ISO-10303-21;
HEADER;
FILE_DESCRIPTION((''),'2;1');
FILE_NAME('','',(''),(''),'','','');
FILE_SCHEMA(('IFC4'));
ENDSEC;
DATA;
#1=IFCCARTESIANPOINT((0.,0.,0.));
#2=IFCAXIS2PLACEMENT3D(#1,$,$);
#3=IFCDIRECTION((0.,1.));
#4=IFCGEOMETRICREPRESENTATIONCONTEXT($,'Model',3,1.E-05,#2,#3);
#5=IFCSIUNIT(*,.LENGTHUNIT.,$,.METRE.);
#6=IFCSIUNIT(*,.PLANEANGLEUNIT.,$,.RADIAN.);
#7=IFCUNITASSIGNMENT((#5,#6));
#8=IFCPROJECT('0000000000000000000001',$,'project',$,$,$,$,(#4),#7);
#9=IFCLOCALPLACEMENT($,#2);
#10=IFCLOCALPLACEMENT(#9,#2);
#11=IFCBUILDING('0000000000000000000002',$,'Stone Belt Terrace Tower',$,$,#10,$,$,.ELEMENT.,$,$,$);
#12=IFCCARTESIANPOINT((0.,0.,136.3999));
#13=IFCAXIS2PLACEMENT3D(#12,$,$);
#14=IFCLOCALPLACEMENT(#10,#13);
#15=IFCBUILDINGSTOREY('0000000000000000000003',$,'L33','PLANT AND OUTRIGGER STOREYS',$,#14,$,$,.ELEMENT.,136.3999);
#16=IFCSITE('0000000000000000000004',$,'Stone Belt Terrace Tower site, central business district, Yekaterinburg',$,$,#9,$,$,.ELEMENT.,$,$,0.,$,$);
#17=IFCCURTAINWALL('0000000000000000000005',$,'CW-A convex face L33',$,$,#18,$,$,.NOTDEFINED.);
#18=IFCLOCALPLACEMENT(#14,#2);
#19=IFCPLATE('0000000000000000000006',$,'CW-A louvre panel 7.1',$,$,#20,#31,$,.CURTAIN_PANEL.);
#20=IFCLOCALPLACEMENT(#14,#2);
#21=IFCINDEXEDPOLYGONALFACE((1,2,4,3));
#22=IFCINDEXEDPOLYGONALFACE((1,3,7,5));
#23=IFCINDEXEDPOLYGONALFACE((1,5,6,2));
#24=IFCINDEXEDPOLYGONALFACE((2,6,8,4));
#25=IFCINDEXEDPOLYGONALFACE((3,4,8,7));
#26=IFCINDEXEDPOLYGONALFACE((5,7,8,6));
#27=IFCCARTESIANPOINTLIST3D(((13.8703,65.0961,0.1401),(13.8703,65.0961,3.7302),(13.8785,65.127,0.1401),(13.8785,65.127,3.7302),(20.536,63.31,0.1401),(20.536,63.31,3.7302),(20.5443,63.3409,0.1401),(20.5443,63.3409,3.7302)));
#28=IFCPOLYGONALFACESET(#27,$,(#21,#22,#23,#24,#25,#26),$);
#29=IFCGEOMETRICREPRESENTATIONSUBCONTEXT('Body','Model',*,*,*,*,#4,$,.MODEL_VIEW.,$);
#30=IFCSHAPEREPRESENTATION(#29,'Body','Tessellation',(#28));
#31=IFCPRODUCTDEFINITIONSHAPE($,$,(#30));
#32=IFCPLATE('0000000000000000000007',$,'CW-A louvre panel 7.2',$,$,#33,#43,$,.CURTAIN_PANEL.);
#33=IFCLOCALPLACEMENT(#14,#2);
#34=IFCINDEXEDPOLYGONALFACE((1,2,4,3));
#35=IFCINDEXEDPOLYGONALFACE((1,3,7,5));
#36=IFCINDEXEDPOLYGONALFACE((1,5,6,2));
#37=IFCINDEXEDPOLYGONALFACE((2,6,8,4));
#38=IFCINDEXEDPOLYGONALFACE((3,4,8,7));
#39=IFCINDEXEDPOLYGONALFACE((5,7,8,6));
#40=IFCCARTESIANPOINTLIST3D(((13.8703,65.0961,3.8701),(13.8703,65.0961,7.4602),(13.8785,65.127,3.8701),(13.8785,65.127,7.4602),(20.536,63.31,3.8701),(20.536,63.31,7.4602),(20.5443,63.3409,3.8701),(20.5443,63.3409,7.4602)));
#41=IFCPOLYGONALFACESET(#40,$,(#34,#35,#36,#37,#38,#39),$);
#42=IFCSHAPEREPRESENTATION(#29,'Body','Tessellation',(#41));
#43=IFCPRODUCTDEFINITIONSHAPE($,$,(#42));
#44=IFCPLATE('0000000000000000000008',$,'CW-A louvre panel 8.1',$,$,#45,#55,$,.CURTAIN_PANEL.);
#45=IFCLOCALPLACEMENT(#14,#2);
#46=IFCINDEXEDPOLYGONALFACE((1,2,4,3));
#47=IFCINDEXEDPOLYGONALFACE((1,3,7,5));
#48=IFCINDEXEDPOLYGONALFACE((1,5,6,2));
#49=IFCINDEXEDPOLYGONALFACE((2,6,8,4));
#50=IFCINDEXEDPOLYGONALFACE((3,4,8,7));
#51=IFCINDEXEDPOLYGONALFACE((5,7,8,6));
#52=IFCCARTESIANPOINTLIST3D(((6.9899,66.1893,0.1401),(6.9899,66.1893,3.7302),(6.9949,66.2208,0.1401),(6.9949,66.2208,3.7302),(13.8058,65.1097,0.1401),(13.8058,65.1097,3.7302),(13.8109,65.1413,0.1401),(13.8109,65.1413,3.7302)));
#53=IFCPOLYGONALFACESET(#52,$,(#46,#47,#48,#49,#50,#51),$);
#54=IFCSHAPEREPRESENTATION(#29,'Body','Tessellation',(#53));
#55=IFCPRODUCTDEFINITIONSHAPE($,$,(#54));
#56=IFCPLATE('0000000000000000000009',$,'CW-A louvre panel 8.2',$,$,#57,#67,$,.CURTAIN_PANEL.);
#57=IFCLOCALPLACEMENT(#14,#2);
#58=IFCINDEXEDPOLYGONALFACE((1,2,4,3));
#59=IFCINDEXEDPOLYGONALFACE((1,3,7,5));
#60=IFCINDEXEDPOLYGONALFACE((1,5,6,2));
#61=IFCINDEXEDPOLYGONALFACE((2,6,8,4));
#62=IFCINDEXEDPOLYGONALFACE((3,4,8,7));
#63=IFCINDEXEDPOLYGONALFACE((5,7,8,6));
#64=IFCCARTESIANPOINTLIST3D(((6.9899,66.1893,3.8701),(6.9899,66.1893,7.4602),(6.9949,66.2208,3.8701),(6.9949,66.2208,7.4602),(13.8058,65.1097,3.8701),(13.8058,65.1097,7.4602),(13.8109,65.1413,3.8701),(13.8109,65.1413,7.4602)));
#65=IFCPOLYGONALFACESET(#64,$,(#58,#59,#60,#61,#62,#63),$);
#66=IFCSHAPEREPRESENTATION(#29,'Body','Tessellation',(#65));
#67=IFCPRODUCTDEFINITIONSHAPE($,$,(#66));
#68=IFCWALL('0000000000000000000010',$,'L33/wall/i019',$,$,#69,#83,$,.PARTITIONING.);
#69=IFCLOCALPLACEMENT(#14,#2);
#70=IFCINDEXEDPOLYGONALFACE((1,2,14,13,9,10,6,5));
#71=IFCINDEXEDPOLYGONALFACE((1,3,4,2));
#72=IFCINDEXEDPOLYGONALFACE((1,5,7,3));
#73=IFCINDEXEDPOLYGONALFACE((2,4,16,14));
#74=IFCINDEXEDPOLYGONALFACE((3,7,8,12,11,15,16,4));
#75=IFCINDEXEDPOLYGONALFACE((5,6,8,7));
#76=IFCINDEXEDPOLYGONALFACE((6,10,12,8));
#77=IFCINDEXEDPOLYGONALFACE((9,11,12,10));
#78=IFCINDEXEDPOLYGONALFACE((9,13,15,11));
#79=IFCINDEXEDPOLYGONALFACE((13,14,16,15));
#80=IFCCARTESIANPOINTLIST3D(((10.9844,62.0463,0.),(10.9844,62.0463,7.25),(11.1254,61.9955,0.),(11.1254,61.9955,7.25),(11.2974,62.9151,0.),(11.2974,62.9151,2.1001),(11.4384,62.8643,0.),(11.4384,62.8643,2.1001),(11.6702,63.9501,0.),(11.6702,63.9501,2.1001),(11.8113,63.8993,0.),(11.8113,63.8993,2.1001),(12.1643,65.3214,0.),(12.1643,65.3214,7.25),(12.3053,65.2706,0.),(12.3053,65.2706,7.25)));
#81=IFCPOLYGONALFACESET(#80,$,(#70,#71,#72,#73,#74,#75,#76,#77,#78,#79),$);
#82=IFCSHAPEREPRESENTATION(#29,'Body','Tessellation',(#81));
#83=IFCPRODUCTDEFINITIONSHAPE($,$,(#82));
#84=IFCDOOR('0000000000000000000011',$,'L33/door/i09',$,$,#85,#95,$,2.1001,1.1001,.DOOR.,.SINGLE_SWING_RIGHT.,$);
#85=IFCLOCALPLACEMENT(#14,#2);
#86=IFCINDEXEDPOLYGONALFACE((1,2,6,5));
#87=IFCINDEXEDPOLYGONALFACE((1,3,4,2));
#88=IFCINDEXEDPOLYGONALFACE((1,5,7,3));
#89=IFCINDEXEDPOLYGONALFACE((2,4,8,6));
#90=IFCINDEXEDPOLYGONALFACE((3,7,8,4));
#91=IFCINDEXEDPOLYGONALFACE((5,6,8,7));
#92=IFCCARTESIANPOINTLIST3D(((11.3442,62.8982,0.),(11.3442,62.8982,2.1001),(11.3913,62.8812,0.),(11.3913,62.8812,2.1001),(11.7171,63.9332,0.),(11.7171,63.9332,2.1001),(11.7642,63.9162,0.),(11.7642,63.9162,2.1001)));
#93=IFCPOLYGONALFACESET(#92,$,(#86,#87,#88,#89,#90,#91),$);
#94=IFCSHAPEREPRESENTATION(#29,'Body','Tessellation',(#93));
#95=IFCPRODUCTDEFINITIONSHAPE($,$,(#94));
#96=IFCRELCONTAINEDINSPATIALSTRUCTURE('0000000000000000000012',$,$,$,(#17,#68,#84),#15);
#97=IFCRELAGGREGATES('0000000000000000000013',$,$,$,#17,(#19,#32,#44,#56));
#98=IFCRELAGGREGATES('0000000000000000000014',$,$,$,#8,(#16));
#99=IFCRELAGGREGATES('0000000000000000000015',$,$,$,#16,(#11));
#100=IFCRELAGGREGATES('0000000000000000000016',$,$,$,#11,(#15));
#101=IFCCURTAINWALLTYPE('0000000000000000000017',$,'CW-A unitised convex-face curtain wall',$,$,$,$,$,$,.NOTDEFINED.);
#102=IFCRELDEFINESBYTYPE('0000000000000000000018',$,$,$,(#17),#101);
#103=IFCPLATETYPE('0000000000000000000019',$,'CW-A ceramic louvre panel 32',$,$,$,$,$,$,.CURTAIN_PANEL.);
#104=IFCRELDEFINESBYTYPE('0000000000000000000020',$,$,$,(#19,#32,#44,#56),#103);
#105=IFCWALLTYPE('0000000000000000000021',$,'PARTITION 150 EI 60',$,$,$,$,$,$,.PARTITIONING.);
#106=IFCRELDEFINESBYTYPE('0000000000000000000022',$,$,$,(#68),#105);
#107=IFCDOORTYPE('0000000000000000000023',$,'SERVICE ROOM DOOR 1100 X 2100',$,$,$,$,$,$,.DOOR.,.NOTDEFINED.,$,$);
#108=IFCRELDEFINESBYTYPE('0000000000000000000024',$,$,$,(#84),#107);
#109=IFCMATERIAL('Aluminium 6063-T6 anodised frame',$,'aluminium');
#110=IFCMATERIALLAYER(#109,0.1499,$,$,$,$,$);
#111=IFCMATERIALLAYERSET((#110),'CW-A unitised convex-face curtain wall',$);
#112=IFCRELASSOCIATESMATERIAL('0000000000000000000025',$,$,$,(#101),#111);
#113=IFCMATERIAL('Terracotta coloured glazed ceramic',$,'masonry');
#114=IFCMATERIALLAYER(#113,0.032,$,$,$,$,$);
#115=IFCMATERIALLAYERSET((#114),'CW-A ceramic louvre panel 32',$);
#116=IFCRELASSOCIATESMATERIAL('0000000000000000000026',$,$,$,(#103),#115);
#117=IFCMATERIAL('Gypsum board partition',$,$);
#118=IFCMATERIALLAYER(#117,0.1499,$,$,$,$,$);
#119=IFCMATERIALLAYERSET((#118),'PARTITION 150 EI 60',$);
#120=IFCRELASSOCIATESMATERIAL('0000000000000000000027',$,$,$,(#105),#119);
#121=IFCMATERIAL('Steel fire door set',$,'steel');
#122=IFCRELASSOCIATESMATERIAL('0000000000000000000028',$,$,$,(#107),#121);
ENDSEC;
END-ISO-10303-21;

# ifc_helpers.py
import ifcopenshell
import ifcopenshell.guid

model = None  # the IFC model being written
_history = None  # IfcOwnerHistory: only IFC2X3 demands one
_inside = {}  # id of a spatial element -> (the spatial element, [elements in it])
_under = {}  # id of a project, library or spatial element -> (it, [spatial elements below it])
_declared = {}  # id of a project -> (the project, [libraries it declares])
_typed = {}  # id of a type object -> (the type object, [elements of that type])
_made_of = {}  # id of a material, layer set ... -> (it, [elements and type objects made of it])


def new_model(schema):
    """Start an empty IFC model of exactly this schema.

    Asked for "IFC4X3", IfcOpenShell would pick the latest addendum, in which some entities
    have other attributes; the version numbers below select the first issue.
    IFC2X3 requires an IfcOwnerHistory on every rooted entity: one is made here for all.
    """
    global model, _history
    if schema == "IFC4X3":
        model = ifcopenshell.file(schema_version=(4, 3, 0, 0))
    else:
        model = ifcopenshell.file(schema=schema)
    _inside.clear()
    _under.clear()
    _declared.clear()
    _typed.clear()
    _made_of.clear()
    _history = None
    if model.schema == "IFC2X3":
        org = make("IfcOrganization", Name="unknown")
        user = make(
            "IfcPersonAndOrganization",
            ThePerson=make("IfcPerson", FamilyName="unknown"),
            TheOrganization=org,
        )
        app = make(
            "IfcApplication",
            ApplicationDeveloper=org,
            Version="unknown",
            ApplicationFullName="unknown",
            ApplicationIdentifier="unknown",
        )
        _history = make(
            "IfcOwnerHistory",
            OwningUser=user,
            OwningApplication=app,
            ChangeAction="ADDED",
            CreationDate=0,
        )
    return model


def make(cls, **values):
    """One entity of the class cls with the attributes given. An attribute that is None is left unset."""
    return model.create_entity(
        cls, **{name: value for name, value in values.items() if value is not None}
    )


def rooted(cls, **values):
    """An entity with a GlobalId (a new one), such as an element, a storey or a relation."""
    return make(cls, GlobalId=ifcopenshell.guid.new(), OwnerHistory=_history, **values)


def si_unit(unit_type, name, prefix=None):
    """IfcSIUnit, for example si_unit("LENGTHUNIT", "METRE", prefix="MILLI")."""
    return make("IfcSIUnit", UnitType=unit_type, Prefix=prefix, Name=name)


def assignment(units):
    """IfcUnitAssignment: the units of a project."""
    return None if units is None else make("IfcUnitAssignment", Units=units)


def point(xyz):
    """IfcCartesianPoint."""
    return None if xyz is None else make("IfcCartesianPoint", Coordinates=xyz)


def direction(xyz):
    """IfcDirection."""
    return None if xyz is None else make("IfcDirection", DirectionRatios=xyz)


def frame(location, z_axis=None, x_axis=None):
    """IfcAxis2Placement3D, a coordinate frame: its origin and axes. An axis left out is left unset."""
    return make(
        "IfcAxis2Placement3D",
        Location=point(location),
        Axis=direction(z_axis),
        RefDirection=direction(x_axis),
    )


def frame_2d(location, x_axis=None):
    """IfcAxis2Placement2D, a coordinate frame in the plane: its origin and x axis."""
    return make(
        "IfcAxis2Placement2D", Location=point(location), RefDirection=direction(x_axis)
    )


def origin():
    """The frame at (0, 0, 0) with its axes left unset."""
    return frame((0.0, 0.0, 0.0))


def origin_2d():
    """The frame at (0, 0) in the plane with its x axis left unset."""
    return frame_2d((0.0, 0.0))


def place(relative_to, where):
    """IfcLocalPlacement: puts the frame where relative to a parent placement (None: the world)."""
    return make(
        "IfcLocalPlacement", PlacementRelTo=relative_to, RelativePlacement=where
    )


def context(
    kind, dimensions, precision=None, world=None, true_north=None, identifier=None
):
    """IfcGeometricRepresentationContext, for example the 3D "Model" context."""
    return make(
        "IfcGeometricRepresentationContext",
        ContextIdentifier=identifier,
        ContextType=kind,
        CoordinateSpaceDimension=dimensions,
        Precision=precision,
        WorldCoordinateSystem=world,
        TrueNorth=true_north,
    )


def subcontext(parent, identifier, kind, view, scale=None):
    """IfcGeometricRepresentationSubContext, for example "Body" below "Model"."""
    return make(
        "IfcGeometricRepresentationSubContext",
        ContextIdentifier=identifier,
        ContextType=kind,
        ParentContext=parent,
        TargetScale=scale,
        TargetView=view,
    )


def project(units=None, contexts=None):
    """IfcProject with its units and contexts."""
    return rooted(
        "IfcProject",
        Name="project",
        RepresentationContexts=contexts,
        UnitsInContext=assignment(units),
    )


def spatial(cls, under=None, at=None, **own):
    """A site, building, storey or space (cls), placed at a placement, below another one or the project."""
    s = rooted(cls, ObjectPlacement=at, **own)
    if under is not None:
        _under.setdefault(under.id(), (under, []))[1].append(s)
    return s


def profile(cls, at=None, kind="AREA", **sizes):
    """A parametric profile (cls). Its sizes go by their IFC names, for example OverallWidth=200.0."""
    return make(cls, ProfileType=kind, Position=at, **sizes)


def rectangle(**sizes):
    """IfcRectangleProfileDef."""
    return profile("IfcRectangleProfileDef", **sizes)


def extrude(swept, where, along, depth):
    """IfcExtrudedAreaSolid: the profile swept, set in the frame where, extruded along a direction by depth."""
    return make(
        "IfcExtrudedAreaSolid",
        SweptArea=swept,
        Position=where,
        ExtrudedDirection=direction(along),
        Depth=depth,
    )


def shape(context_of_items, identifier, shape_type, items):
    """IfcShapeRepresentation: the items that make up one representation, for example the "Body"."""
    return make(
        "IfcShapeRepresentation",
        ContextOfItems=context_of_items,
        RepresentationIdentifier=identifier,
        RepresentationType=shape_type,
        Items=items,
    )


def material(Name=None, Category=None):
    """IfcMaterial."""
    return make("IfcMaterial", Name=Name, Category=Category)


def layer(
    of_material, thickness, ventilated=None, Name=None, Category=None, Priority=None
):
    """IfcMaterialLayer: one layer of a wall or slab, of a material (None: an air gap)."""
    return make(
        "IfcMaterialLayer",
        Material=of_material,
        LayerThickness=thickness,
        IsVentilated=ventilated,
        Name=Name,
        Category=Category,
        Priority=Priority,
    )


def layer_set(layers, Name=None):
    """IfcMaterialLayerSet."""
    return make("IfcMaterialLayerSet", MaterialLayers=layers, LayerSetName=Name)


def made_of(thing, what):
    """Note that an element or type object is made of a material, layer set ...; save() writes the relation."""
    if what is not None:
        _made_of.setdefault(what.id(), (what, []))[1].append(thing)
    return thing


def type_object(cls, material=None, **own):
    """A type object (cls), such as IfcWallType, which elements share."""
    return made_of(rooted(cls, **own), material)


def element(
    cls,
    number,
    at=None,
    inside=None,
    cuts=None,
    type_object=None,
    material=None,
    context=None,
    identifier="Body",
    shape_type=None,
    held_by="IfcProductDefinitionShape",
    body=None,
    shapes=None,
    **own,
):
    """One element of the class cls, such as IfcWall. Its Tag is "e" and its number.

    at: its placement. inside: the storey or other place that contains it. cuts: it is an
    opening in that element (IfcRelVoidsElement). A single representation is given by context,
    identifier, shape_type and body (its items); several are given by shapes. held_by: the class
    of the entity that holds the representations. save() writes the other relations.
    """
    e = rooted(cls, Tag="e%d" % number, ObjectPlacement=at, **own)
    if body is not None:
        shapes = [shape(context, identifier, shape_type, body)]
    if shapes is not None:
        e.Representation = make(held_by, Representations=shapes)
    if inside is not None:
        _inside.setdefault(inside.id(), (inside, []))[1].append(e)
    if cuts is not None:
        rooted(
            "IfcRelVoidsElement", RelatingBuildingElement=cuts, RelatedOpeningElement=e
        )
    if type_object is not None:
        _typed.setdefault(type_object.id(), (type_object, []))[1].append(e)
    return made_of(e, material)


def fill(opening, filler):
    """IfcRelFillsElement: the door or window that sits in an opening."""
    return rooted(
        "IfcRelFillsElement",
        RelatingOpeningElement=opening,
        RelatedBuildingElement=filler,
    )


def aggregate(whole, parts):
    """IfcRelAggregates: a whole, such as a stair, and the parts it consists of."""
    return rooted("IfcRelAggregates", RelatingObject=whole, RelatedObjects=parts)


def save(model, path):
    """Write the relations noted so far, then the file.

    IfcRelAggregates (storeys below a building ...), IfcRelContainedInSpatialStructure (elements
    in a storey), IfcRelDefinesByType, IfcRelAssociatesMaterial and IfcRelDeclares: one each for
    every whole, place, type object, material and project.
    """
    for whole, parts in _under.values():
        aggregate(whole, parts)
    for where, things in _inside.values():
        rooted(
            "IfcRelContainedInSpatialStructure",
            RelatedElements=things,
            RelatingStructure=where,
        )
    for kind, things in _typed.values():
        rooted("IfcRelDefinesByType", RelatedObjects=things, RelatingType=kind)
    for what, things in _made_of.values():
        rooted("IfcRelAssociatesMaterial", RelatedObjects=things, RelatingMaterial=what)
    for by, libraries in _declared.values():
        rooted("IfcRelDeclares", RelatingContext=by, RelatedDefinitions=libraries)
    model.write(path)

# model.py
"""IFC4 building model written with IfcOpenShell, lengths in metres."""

from ifc_helpers import new_model, si_unit, direction, frame, frame_2d, origin, origin_2d, place, context, subcontext, project, spatial, rectangle, extrude, material, layer, layer_set, type_object, element, fill, aggregate, save


model = new_model("IFC4")

# Units and contexts
model_context = context("Model", 3, precision=1e-05, world=origin(), true_north=direction((0.0, 1.0)))
body_context = subcontext(model_context, "Body", "Model", "MODEL_VIEW")
ifc_project = project(units=[si_unit("LENGTHUNIT", "METRE"), si_unit("PLANEANGLEUNIT", "RADIAN")], contexts=[model_context])

# Site, building, storey
site_placement = place(None, origin())
site = spatial("IfcSite", under=ifc_project, at=site_placement, Name="Stone Belt Terrace Tower site, central business district, Yekaterinburg", CompositionType="ELEMENT", RefElevation=0.0)
building_placement = place(site_placement, origin())
building = spatial("IfcBuilding", under=site, at=building_placement, Name="Stone Belt Terrace Tower", CompositionType="ELEMENT")
storey_placement = place(building_placement, frame((0.0, 0.0, 136.3999)))
storey = spatial("IfcBuildingStorey", under=building, at=storey_placement, Name="L33", Description="PLANT AND OUTRIGGER STOREYS", CompositionType="ELEMENT", Elevation=136.3999)

# Curtain wall, plates
ifc_material_1 = material(Name="Aluminium 6063-T6 anodised frame", Category="aluminium")
ifc_layer_1 = layer(ifc_material_1, 0.1499)
ifc_layer_set_1 = layer_set([ifc_layer_1], Name="CW-A unitised convex-face curtain wall")
curtain_wall_type = type_object("IfcCurtainWallType", Name="CW-A unitised convex-face curtain wall", PredefinedType="NOTDEFINED", material=ifc_layer_set_1)
curtain_wall_placement = place(storey_placement, origin())
curtain_wall = element("IfcCurtainWall", 1, at=curtain_wall_placement, inside=storey, type_object=curtain_wall_type, Name="CW-A convex face L33", PredefinedType="NOTDEFINED")
ifc_material_2 = material(Name="Terracotta coloured glazed ceramic", Category="masonry")
ifc_layer_2 = layer(ifc_material_2, 0.032)
ifc_layer_set_2 = layer_set([ifc_layer_2], Name="CW-A ceramic louvre panel 32")
plate_type = type_object("IfcPlateType", Name="CW-A ceramic louvre panel 32", PredefinedType="CURTAIN_PANEL", material=ifc_layer_set_2)
plate_1_placement = place(storey_placement, frame((17.2073, 64.2185, 0.1401), z_axis=(0.0, 0.0, 1.0), x_axis=(-0.965926, 0.258819, 0.0)))
plate_1 = element("IfcPlate", 2, at=plate_1_placement, type_object=plate_type, Name="CW-A louvre panel 7.1", PredefinedType="CURTAIN_PANEL", context=body_context, shape_type="SweptSolid", body=[
    extrude(rectangle(XDim=6.9009, YDim=0.032, at=origin_2d()), origin(), (0.0, 0.0, 1.0), 3.5901),
])
plate_2_placement = place(storey_placement, frame((17.2073, 64.2185, 3.8701), z_axis=(0.0, 0.0, 1.0), x_axis=(-0.965926, 0.258819, 0.0)))
plate_2 = element("IfcPlate", 3, at=plate_2_placement, type_object=plate_type, Name="CW-A louvre panel 7.2", PredefinedType="CURTAIN_PANEL", context=body_context, shape_type="SweptSolid", body=[
    extrude(rectangle(XDim=6.9009, YDim=0.032, at=origin_2d()), origin(), (0.0, 0.0, 1.0), 3.5901),
])
plate_3_placement = place(storey_placement, frame((10.4004, 65.6653, 0.1401), z_axis=(0.0, 0.0, 1.0), x_axis=(-0.987688, 0.156434, 0.0)))
plate_3 = element("IfcPlate", 4, at=plate_3_placement, type_object=plate_type, Name="CW-A louvre panel 8.1", PredefinedType="CURTAIN_PANEL", context=body_context, shape_type="SweptSolid", body=[
    extrude(rectangle(XDim=6.9009, YDim=0.032, at=origin_2d()), origin(), (0.0, 0.0, 1.0), 3.5901),
])
plate_4_placement = place(storey_placement, frame((10.4004, 65.6653, 3.8701), z_axis=(0.0, 0.0, 1.0), x_axis=(-0.987688, 0.156434, 0.0)))
plate_4 = element("IfcPlate", 5, at=plate_4_placement, type_object=plate_type, Name="CW-A louvre panel 8.2", PredefinedType="CURTAIN_PANEL", context=body_context, shape_type="SweptSolid", body=[
    extrude(rectangle(XDim=6.9009, YDim=0.032, at=origin_2d()), origin(), (0.0, 0.0, 1.0), 3.5901),
])
aggregate(curtain_wall, [plate_1, plate_2, plate_3, plate_4])

# Wall, opening, door
ifc_material_3 = material(Name="Gypsum board partition")
ifc_layer_3 = layer(ifc_material_3, 0.1499)
ifc_layer_set_3 = layer_set([ifc_layer_3], Name="PARTITION 150 EI 60")
wall_type = type_object("IfcWallType", Name="PARTITION 150 EI 60", PredefinedType="PARTITIONING", material=ifc_layer_set_3)
wall_placement = place(storey_placement, frame((12.2349, 65.2961, 0.0), z_axis=(0.0, 0.0, 1.0), x_axis=(-0.338943, -0.940807, 0.0)))
wall = element("IfcWall", 6, at=wall_placement, inside=storey, type_object=wall_type, Name="L33/wall/i019", PredefinedType="PARTITIONING", context=body_context, shape_type="SweptSolid", body=[
    extrude(rectangle(XDim=3.4812, YDim=0.1499, at=frame_2d((1.7407, 0.0))), origin(), (0.0, 0.0, 1.0), 7.25),
])
opening_placement = place(wall_placement, frame((1.4578, 0.0, 0.0)))
opening = element("IfcOpeningElement", 7, at=opening_placement, cuts=wall, PredefinedType="OPENING", context=body_context, shape_type="SweptSolid", body=[
    extrude(rectangle(XDim=1.1001, YDim=2.1001, at=frame_2d((0.55, 1.05))), frame((0.0, 0.085, 0.0), z_axis=(0.0, -1.0, 0.0), x_axis=(1.0, 0.0, 0.0)), (0.0, 0.0, 1.0), 0.1699),
])
ifc_material_4 = material(Name="Steel fire door set", Category="steel")
door_type = type_object("IfcDoorType", Name="SERVICE ROOM DOOR 1100 X 2100", OperationType="NOTDEFINED", PredefinedType="DOOR", material=ifc_material_4)
door_placement = place(opening_placement, origin())
door = element("IfcDoor", 8, at=door_placement, inside=storey, type_object=door_type, Name="L33/door/i09", OperationType="SINGLE_SWING_RIGHT", OverallHeight=2.1001, OverallWidth=1.1001, PredefinedType="DOOR", context=body_context, shape_type="SweptSolid", body=[
    extrude(rectangle(XDim=1.1001, YDim=2.1001, at=frame_2d((0.55, 1.05))), frame((0.0, 0.0249, 0.0), z_axis=(0.0, -1.0, 0.0), x_axis=(1.0, 0.0, 0.0)), (0.0, 0.0, 1.0), 0.05),
])
fill(opening, door)

save(model, "model.ifc")
